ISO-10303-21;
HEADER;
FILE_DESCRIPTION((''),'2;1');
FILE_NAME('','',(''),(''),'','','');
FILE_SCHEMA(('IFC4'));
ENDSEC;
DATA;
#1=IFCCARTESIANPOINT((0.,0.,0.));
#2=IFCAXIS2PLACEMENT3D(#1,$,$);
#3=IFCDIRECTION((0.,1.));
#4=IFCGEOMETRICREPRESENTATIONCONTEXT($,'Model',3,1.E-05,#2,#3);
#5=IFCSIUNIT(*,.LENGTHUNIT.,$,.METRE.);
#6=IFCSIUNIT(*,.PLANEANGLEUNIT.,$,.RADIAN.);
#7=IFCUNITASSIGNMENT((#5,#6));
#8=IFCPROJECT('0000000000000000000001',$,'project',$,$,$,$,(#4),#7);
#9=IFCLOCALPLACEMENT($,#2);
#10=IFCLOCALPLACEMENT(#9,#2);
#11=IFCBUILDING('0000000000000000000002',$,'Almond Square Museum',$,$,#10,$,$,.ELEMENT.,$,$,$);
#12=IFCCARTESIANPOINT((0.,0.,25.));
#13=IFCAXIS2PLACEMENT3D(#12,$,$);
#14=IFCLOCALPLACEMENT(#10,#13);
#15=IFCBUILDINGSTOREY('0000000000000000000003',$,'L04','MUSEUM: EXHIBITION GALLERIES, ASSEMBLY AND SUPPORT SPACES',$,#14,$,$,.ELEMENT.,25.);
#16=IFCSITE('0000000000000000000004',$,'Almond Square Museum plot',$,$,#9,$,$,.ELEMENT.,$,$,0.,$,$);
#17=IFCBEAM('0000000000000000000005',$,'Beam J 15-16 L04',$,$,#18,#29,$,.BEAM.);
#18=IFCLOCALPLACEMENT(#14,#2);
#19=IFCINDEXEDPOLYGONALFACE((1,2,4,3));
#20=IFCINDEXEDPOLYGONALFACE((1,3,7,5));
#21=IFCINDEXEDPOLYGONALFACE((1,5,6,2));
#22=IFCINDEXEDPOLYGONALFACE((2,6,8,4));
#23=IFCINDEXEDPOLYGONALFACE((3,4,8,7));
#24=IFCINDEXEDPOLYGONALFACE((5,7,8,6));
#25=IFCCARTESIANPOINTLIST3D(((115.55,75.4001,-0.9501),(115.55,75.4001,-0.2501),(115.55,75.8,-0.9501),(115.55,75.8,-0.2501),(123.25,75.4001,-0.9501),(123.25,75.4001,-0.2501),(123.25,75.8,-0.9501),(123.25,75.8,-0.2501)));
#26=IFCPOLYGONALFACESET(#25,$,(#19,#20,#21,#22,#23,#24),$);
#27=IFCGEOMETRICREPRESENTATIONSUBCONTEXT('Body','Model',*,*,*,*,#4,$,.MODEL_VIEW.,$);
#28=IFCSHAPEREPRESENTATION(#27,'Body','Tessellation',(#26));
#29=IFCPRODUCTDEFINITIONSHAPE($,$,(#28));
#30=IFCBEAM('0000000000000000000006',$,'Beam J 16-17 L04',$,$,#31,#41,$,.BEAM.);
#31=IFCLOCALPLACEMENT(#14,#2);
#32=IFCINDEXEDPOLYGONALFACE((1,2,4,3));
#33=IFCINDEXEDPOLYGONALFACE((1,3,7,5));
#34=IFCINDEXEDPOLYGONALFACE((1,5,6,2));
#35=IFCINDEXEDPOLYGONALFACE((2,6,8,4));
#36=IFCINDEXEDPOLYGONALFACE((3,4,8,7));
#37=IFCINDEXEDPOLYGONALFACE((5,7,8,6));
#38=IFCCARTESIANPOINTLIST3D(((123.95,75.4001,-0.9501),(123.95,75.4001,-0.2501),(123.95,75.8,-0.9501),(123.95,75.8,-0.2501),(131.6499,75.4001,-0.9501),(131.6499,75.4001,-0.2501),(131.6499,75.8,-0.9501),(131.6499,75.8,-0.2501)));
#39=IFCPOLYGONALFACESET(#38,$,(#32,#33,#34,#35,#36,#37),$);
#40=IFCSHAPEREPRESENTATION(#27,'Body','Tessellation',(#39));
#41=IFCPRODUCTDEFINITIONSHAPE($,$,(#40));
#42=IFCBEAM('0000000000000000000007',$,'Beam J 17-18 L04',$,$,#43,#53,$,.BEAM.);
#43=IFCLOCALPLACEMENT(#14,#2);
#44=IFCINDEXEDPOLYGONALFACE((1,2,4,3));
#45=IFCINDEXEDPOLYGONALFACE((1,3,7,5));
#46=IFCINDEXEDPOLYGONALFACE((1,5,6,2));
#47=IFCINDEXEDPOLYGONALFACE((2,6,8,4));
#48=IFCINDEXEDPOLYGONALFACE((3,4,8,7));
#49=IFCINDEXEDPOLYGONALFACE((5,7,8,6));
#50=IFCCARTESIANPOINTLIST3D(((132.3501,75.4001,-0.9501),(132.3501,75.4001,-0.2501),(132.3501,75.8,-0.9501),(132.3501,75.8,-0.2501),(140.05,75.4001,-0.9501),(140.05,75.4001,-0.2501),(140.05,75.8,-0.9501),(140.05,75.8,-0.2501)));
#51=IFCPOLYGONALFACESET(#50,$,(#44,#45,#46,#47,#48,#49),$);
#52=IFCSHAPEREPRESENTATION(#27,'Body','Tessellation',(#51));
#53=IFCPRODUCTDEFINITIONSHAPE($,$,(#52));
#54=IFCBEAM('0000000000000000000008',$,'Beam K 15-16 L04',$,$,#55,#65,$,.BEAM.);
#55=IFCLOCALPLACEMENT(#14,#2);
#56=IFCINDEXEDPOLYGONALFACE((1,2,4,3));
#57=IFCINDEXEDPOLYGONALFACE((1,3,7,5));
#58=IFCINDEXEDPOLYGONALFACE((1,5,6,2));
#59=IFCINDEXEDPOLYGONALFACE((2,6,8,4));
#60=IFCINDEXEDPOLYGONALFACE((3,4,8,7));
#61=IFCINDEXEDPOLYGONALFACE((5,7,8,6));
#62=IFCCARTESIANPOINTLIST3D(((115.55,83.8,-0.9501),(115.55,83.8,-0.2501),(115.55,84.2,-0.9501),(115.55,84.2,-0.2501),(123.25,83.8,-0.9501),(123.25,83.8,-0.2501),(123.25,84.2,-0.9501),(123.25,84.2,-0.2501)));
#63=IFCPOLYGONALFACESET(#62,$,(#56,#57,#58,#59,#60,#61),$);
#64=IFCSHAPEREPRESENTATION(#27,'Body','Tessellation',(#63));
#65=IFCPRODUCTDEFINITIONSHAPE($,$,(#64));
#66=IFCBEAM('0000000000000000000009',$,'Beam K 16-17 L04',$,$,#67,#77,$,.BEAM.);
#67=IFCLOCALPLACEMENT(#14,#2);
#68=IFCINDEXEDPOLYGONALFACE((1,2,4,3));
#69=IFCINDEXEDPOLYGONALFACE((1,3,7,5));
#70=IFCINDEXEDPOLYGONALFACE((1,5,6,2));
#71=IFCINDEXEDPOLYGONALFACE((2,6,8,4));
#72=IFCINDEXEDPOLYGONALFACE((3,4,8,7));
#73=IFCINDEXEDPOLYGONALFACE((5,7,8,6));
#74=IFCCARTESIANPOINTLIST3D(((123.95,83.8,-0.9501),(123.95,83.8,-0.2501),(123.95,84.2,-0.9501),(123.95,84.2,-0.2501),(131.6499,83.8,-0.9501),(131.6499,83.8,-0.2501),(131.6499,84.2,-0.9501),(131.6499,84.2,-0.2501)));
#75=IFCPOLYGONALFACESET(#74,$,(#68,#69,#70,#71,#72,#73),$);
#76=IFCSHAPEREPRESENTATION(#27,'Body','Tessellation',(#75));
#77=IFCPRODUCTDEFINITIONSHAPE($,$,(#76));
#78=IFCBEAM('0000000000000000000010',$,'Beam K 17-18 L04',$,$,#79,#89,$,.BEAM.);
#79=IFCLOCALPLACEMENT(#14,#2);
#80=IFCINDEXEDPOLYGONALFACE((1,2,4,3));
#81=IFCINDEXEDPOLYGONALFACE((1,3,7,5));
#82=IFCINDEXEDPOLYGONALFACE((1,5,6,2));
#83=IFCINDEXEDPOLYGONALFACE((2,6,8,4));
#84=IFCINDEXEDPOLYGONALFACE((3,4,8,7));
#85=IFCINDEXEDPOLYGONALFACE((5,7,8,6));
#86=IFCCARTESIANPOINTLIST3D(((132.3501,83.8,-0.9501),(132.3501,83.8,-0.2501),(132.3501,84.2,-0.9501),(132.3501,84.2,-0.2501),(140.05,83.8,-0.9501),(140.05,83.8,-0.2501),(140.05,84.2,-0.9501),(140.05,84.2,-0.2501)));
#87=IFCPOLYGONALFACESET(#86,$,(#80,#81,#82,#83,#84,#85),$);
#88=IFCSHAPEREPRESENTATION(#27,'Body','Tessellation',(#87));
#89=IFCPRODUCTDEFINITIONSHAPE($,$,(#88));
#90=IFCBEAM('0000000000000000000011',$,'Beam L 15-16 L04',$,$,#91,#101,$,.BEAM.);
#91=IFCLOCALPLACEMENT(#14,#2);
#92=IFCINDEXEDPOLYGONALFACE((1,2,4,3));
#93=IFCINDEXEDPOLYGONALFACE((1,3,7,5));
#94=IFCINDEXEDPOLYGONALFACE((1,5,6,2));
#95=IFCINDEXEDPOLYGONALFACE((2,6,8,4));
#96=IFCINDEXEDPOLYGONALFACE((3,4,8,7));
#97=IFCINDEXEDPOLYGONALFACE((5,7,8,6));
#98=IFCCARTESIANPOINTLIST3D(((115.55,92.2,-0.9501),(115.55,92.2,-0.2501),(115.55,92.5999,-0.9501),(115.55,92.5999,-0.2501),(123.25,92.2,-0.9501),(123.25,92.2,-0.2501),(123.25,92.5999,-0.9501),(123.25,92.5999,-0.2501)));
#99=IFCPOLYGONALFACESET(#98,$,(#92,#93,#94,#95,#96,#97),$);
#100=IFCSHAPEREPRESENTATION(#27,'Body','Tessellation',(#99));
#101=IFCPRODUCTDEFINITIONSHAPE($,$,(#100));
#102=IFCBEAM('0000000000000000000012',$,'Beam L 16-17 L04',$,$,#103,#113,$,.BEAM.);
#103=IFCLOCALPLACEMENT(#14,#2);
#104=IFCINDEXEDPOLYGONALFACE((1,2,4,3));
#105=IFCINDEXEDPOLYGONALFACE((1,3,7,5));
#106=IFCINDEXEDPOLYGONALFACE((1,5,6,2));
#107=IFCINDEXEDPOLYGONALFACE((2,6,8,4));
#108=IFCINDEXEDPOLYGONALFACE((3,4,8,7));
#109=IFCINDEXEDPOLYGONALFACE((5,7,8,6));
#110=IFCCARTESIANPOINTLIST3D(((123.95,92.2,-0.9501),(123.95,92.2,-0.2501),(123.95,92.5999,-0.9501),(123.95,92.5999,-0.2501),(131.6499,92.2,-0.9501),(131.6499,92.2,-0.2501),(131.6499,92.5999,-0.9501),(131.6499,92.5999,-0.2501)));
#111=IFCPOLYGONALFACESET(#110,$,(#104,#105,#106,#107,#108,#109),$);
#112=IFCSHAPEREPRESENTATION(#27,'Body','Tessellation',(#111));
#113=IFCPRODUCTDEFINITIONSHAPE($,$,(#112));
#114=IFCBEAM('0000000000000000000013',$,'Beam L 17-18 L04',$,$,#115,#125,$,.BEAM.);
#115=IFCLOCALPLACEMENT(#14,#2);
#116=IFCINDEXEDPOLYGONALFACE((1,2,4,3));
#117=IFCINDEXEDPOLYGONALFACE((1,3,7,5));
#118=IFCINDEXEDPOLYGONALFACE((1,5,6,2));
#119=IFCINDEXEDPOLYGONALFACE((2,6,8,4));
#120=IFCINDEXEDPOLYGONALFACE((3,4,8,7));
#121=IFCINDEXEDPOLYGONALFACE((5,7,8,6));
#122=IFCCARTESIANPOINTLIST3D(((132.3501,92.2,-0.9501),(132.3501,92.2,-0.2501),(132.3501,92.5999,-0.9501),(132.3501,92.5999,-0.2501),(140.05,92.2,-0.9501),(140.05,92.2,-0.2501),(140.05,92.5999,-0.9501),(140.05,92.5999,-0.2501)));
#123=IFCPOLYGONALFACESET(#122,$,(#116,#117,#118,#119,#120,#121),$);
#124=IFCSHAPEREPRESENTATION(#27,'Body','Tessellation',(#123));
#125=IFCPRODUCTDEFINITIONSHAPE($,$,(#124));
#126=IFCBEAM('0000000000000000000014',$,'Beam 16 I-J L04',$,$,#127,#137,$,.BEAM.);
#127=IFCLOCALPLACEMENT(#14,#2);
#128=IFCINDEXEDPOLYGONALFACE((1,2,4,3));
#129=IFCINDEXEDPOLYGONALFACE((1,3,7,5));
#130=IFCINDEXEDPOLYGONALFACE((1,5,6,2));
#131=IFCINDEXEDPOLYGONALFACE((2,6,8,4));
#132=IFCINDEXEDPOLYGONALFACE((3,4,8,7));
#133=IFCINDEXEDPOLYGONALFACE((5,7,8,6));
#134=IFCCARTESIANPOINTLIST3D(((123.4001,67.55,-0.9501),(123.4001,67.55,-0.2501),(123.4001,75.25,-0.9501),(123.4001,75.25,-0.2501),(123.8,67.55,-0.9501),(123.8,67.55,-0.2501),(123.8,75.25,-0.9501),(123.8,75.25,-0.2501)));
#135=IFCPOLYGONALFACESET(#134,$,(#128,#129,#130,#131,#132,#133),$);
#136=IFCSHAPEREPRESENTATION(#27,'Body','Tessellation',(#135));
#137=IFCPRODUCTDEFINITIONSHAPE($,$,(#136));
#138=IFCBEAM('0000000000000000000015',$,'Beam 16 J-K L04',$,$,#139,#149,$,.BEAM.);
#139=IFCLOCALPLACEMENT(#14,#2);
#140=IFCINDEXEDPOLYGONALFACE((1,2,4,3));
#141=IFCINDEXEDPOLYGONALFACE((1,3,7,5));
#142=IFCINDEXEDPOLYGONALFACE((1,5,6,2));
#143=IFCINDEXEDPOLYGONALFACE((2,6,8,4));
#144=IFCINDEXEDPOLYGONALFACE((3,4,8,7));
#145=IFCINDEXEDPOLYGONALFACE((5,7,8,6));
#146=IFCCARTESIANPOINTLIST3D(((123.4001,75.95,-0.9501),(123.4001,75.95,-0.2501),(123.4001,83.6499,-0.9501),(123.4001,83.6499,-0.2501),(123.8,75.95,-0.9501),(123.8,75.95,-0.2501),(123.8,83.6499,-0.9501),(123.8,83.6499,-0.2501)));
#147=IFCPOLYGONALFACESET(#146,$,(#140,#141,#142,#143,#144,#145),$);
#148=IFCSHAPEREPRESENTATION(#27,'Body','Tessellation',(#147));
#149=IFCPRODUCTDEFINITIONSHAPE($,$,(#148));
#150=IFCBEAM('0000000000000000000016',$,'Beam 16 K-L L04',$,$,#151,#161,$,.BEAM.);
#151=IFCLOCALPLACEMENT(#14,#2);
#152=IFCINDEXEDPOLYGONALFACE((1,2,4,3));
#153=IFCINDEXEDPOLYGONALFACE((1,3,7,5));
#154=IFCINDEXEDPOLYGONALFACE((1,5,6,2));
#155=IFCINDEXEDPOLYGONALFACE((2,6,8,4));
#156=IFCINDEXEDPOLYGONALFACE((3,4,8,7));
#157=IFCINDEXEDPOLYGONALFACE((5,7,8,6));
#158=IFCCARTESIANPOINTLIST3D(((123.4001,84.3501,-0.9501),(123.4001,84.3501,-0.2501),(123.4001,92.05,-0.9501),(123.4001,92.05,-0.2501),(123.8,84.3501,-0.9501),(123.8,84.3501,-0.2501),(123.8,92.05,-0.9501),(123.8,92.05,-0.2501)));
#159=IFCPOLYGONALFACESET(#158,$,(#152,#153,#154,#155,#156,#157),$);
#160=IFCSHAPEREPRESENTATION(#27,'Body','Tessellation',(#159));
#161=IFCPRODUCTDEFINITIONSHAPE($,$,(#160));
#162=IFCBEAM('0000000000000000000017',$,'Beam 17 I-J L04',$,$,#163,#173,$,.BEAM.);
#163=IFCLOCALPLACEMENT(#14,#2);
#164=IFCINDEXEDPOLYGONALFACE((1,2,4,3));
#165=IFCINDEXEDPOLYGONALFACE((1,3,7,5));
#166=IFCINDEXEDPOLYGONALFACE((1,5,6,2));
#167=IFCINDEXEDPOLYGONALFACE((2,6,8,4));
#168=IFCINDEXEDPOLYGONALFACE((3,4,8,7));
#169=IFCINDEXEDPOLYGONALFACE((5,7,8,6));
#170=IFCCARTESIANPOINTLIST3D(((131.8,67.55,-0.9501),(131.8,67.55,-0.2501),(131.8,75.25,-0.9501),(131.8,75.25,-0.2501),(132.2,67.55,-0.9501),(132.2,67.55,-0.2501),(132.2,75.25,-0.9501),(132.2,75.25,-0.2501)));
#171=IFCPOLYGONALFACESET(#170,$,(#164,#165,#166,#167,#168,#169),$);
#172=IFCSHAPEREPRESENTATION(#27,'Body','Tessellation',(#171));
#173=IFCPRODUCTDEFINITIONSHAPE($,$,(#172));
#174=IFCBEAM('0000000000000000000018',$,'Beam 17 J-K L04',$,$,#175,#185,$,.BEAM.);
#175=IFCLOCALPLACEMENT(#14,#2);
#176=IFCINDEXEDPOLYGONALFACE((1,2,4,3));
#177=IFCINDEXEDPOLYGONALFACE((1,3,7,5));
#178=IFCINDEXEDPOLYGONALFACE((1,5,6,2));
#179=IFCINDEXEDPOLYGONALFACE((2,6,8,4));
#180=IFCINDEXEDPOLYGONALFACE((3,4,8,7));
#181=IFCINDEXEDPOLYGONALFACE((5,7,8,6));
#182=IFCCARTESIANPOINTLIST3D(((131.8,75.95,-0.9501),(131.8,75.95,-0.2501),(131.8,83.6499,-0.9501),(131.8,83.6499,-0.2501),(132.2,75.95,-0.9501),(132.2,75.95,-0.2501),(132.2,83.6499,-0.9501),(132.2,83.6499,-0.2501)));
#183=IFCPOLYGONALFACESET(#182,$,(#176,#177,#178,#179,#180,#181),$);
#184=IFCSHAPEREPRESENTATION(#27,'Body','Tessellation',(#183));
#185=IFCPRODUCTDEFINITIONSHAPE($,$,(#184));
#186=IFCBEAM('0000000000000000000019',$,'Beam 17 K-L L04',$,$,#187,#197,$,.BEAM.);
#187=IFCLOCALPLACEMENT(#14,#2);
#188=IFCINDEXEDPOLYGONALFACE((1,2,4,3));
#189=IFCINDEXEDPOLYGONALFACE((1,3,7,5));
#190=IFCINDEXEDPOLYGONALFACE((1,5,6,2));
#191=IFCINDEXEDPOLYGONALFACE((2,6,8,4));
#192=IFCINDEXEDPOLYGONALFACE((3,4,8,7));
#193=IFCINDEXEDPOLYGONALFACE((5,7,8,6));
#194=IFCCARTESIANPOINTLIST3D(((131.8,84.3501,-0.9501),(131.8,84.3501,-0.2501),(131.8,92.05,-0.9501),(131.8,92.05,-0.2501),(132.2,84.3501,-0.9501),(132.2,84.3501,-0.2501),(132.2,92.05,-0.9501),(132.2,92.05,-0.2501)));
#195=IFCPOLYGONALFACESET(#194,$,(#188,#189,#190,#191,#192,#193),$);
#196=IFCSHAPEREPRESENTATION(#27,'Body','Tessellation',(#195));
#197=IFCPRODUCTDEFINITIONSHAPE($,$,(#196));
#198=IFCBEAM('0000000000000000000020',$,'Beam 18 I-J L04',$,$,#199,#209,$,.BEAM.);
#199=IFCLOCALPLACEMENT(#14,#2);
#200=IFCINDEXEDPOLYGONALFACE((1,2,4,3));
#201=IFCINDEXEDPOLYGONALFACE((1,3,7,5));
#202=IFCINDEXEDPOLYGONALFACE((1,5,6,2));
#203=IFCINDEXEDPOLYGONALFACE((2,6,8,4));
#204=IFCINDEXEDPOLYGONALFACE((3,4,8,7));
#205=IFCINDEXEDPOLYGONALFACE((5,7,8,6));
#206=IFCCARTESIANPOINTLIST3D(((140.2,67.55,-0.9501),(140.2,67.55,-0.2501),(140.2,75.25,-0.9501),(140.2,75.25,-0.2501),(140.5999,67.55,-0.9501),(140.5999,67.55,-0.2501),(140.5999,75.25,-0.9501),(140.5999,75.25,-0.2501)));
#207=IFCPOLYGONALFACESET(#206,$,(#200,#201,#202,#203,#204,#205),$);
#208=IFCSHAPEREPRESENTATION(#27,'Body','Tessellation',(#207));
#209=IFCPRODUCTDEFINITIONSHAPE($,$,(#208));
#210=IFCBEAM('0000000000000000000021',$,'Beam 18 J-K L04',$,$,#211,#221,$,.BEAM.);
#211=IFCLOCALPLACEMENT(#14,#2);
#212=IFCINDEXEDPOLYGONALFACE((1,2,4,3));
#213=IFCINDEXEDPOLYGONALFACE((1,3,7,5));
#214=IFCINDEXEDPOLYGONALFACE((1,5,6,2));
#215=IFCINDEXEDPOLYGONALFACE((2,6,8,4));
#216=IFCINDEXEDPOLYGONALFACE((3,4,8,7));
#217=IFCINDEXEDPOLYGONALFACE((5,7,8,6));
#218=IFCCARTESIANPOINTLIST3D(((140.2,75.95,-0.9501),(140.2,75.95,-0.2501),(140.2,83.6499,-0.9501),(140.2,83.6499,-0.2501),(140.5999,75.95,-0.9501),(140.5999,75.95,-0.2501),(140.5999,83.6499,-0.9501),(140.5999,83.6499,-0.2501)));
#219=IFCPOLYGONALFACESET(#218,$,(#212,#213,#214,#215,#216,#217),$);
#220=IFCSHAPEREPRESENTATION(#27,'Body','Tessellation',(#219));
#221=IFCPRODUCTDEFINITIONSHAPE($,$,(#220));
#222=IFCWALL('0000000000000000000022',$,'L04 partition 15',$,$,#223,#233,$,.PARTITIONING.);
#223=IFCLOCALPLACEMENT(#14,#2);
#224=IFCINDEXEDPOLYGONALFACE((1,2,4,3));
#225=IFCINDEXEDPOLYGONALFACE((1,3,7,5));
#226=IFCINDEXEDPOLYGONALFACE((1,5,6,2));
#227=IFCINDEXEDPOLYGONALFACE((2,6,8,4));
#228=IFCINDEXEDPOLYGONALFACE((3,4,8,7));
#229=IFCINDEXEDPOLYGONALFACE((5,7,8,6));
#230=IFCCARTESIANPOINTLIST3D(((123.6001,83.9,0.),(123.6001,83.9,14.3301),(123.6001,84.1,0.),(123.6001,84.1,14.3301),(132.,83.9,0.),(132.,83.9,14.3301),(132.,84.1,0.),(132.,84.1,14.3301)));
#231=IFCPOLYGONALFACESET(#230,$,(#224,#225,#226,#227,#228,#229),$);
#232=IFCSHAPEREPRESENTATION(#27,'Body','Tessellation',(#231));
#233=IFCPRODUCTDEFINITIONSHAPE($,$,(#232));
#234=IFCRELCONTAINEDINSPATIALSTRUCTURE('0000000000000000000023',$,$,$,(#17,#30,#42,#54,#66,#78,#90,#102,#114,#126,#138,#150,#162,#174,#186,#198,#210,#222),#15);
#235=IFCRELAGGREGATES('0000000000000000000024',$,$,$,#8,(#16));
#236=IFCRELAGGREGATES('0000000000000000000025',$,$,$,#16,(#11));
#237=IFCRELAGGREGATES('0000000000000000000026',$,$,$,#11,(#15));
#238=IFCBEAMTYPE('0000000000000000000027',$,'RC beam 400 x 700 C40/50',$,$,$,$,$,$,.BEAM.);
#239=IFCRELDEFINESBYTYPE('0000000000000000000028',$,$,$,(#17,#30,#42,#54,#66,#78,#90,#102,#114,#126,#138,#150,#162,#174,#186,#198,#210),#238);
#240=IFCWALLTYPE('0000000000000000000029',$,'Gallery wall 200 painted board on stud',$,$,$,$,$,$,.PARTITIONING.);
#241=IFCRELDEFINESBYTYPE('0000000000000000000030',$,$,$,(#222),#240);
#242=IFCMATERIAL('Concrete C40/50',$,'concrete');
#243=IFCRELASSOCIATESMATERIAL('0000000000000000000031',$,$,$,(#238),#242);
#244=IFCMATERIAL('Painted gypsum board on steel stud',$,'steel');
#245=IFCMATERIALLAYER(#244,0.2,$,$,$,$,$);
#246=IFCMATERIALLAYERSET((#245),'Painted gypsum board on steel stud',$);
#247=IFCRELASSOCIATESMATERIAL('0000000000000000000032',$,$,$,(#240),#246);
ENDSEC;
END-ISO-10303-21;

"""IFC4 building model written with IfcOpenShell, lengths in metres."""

from ifc_helpers import new_model, si_unit, direction, frame, frame_2d, origin, origin_2d, place, context, subcontext, project, spatial, rectangle, extrude, material, layer, layer_set, material_profile, profile_set, type_object, element, save


model = new_model("IFC4")

# Units and contexts
model_context = context("Model", 3, precision=1e-05, world=origin(), true_north=direction((0.0, 1.0)))
body_context = subcontext(model_context, "Body", "Model", "MODEL_VIEW")
ifc_project = project(units=[si_unit("LENGTHUNIT", "METRE"), si_unit("PLANEANGLEUNIT", "RADIAN")], contexts=[model_context])

# Site, building, storey
site_placement = place(None, origin())
site = spatial("IfcSite", under=ifc_project, at=site_placement, Name="Almond Square Museum plot", CompositionType="ELEMENT", RefElevation=0.0)
building_placement = place(site_placement, origin())
building = spatial("IfcBuilding", under=site, at=building_placement, Name="Almond Square Museum", CompositionType="ELEMENT")
storey_placement = place(building_placement, frame((0.0, 0.0, 25.0)))
storey = spatial("IfcBuildingStorey", under=building, at=storey_placement, Name="L04", Description="MUSEUM: EXHIBITION GALLERIES, ASSEMBLY AND SUPPORT SPACES", CompositionType="ELEMENT", Elevation=25.0)

# Beams
ifc_material_1 = material(Name="Concrete C40/50", Category="concrete")
ifc_material_profile = material_profile(ifc_material_1, rectangle(XDim=0.3999, YDim=0.7, at=origin_2d()))
ifc_profile_set = profile_set([ifc_material_profile], Name="Concrete C40/50")
beam_type = type_object("IfcBeamType", Name="RC beam 400 x 700 C40/50", PredefinedType="BEAM", material=ifc_profile_set)
for number, where, z_axis, x_axis, name in (
    (1, (115.55, 75.6001, -0.6001), (1.0, 0.0, 0.0), (0.0, 1.0, 0.0), "Beam J 15-16 L04"),
    (2, (123.95, 75.6001, -0.6001), (1.0, 0.0, 0.0), (0.0, 1.0, 0.0), "Beam J 16-17 L04"),
    (3, (132.3501, 75.6001, -0.6001), (1.0, 0.0, 0.0), (0.0, 1.0, 0.0), "Beam J 17-18 L04"),
    (4, (115.55, 84.0, -0.6001), (1.0, 0.0, 0.0), (0.0, 1.0, 0.0), "Beam K 15-16 L04"),
    (5, (123.95, 84.0, -0.6001), (1.0, 0.0, 0.0), (0.0, 1.0, 0.0), "Beam K 16-17 L04"),
    (6, (132.3501, 84.0, -0.6001), (1.0, 0.0, 0.0), (0.0, 1.0, 0.0), "Beam K 17-18 L04"),
    (7, (115.55, 92.3999, -0.6001), (1.0, 0.0, 0.0), (0.0, 1.0, 0.0), "Beam L 15-16 L04"),
    (8, (123.95, 92.3999, -0.6001), (1.0, 0.0, 0.0), (0.0, 1.0, 0.0), "Beam L 16-17 L04"),
    (9, (132.3501, 92.3999, -0.6001), (1.0, 0.0, 0.0), (0.0, 1.0, 0.0), "Beam L 17-18 L04"),
    (10, (123.6001, 67.55, -0.6001), (0.0, 1.0, 0.0), (-1.0, 0.0, 0.0), "Beam 16 I-J L04"),
    (11, (123.6001, 75.95, -0.6001), (0.0, 1.0, 0.0), (-1.0, 0.0, 0.0), "Beam 16 J-K L04"),
    (12, (123.6001, 84.3501, -0.6001), (0.0, 1.0, 0.0), (-1.0, 0.0, 0.0), "Beam 16 K-L L04"),
    (13, (132.0, 67.55, -0.6001), (0.0, 1.0, 0.0), (-1.0, 0.0, 0.0), "Beam 17 I-J L04"),
    (14, (132.0, 75.95, -0.6001), (0.0, 1.0, 0.0), (-1.0, 0.0, 0.0), "Beam 17 J-K L04"),
    (15, (132.0, 84.3501, -0.6001), (0.0, 1.0, 0.0), (-1.0, 0.0, 0.0), "Beam 17 K-L L04"),
    (16, (140.3999, 67.55, -0.6001), (0.0, 1.0, 0.0), (-1.0, 0.0, 0.0), "Beam 18 I-J L04"),
    (17, (140.3999, 75.95, -0.6001), (0.0, 1.0, 0.0), (-1.0, 0.0, 0.0), "Beam 18 J-K L04"),
):
    element("IfcBeam", number, at=place(storey_placement, frame(where, z_axis=z_axis, x_axis=x_axis)), inside=storey, type_object=beam_type, Name=name, PredefinedType="BEAM", context=body_context, shape_type="SweptSolid", body=[
        extrude(rectangle(XDim=0.3999, YDim=0.7, at=origin_2d()), origin(), (0.0, 0.0, 1.0), 7.7),
    ])

# Wall
ifc_material_2 = material(Name="Painted gypsum board on steel stud", Category="steel")
ifc_layer = layer(ifc_material_2, 0.2)
ifc_layer_set = layer_set([ifc_layer], Name="Painted gypsum board on steel stud")
wall_type = type_object("IfcWallType", Name="Gallery wall 200 painted board on stud", PredefinedType="PARTITIONING", material=ifc_layer_set)
wall_1_placement = place(storey_placement, frame((123.6001, 84.0, 0.0), z_axis=(0.0, 0.0, 1.0), x_axis=(1.0, 0.0, 0.0)))
element("IfcWall", 18, at=wall_1_placement, inside=storey, type_object=wall_type, Name="L04 partition 15", PredefinedType="PARTITIONING", context=body_context, shape_type="SweptSolid", body=[
    extrude(rectangle(XDim=8.3999, YDim=0.2, at=frame_2d((4.2, 0.0))), origin(), (0.0, 0.0, 1.0), 14.3301),
])

save(model, "model.ifc")
